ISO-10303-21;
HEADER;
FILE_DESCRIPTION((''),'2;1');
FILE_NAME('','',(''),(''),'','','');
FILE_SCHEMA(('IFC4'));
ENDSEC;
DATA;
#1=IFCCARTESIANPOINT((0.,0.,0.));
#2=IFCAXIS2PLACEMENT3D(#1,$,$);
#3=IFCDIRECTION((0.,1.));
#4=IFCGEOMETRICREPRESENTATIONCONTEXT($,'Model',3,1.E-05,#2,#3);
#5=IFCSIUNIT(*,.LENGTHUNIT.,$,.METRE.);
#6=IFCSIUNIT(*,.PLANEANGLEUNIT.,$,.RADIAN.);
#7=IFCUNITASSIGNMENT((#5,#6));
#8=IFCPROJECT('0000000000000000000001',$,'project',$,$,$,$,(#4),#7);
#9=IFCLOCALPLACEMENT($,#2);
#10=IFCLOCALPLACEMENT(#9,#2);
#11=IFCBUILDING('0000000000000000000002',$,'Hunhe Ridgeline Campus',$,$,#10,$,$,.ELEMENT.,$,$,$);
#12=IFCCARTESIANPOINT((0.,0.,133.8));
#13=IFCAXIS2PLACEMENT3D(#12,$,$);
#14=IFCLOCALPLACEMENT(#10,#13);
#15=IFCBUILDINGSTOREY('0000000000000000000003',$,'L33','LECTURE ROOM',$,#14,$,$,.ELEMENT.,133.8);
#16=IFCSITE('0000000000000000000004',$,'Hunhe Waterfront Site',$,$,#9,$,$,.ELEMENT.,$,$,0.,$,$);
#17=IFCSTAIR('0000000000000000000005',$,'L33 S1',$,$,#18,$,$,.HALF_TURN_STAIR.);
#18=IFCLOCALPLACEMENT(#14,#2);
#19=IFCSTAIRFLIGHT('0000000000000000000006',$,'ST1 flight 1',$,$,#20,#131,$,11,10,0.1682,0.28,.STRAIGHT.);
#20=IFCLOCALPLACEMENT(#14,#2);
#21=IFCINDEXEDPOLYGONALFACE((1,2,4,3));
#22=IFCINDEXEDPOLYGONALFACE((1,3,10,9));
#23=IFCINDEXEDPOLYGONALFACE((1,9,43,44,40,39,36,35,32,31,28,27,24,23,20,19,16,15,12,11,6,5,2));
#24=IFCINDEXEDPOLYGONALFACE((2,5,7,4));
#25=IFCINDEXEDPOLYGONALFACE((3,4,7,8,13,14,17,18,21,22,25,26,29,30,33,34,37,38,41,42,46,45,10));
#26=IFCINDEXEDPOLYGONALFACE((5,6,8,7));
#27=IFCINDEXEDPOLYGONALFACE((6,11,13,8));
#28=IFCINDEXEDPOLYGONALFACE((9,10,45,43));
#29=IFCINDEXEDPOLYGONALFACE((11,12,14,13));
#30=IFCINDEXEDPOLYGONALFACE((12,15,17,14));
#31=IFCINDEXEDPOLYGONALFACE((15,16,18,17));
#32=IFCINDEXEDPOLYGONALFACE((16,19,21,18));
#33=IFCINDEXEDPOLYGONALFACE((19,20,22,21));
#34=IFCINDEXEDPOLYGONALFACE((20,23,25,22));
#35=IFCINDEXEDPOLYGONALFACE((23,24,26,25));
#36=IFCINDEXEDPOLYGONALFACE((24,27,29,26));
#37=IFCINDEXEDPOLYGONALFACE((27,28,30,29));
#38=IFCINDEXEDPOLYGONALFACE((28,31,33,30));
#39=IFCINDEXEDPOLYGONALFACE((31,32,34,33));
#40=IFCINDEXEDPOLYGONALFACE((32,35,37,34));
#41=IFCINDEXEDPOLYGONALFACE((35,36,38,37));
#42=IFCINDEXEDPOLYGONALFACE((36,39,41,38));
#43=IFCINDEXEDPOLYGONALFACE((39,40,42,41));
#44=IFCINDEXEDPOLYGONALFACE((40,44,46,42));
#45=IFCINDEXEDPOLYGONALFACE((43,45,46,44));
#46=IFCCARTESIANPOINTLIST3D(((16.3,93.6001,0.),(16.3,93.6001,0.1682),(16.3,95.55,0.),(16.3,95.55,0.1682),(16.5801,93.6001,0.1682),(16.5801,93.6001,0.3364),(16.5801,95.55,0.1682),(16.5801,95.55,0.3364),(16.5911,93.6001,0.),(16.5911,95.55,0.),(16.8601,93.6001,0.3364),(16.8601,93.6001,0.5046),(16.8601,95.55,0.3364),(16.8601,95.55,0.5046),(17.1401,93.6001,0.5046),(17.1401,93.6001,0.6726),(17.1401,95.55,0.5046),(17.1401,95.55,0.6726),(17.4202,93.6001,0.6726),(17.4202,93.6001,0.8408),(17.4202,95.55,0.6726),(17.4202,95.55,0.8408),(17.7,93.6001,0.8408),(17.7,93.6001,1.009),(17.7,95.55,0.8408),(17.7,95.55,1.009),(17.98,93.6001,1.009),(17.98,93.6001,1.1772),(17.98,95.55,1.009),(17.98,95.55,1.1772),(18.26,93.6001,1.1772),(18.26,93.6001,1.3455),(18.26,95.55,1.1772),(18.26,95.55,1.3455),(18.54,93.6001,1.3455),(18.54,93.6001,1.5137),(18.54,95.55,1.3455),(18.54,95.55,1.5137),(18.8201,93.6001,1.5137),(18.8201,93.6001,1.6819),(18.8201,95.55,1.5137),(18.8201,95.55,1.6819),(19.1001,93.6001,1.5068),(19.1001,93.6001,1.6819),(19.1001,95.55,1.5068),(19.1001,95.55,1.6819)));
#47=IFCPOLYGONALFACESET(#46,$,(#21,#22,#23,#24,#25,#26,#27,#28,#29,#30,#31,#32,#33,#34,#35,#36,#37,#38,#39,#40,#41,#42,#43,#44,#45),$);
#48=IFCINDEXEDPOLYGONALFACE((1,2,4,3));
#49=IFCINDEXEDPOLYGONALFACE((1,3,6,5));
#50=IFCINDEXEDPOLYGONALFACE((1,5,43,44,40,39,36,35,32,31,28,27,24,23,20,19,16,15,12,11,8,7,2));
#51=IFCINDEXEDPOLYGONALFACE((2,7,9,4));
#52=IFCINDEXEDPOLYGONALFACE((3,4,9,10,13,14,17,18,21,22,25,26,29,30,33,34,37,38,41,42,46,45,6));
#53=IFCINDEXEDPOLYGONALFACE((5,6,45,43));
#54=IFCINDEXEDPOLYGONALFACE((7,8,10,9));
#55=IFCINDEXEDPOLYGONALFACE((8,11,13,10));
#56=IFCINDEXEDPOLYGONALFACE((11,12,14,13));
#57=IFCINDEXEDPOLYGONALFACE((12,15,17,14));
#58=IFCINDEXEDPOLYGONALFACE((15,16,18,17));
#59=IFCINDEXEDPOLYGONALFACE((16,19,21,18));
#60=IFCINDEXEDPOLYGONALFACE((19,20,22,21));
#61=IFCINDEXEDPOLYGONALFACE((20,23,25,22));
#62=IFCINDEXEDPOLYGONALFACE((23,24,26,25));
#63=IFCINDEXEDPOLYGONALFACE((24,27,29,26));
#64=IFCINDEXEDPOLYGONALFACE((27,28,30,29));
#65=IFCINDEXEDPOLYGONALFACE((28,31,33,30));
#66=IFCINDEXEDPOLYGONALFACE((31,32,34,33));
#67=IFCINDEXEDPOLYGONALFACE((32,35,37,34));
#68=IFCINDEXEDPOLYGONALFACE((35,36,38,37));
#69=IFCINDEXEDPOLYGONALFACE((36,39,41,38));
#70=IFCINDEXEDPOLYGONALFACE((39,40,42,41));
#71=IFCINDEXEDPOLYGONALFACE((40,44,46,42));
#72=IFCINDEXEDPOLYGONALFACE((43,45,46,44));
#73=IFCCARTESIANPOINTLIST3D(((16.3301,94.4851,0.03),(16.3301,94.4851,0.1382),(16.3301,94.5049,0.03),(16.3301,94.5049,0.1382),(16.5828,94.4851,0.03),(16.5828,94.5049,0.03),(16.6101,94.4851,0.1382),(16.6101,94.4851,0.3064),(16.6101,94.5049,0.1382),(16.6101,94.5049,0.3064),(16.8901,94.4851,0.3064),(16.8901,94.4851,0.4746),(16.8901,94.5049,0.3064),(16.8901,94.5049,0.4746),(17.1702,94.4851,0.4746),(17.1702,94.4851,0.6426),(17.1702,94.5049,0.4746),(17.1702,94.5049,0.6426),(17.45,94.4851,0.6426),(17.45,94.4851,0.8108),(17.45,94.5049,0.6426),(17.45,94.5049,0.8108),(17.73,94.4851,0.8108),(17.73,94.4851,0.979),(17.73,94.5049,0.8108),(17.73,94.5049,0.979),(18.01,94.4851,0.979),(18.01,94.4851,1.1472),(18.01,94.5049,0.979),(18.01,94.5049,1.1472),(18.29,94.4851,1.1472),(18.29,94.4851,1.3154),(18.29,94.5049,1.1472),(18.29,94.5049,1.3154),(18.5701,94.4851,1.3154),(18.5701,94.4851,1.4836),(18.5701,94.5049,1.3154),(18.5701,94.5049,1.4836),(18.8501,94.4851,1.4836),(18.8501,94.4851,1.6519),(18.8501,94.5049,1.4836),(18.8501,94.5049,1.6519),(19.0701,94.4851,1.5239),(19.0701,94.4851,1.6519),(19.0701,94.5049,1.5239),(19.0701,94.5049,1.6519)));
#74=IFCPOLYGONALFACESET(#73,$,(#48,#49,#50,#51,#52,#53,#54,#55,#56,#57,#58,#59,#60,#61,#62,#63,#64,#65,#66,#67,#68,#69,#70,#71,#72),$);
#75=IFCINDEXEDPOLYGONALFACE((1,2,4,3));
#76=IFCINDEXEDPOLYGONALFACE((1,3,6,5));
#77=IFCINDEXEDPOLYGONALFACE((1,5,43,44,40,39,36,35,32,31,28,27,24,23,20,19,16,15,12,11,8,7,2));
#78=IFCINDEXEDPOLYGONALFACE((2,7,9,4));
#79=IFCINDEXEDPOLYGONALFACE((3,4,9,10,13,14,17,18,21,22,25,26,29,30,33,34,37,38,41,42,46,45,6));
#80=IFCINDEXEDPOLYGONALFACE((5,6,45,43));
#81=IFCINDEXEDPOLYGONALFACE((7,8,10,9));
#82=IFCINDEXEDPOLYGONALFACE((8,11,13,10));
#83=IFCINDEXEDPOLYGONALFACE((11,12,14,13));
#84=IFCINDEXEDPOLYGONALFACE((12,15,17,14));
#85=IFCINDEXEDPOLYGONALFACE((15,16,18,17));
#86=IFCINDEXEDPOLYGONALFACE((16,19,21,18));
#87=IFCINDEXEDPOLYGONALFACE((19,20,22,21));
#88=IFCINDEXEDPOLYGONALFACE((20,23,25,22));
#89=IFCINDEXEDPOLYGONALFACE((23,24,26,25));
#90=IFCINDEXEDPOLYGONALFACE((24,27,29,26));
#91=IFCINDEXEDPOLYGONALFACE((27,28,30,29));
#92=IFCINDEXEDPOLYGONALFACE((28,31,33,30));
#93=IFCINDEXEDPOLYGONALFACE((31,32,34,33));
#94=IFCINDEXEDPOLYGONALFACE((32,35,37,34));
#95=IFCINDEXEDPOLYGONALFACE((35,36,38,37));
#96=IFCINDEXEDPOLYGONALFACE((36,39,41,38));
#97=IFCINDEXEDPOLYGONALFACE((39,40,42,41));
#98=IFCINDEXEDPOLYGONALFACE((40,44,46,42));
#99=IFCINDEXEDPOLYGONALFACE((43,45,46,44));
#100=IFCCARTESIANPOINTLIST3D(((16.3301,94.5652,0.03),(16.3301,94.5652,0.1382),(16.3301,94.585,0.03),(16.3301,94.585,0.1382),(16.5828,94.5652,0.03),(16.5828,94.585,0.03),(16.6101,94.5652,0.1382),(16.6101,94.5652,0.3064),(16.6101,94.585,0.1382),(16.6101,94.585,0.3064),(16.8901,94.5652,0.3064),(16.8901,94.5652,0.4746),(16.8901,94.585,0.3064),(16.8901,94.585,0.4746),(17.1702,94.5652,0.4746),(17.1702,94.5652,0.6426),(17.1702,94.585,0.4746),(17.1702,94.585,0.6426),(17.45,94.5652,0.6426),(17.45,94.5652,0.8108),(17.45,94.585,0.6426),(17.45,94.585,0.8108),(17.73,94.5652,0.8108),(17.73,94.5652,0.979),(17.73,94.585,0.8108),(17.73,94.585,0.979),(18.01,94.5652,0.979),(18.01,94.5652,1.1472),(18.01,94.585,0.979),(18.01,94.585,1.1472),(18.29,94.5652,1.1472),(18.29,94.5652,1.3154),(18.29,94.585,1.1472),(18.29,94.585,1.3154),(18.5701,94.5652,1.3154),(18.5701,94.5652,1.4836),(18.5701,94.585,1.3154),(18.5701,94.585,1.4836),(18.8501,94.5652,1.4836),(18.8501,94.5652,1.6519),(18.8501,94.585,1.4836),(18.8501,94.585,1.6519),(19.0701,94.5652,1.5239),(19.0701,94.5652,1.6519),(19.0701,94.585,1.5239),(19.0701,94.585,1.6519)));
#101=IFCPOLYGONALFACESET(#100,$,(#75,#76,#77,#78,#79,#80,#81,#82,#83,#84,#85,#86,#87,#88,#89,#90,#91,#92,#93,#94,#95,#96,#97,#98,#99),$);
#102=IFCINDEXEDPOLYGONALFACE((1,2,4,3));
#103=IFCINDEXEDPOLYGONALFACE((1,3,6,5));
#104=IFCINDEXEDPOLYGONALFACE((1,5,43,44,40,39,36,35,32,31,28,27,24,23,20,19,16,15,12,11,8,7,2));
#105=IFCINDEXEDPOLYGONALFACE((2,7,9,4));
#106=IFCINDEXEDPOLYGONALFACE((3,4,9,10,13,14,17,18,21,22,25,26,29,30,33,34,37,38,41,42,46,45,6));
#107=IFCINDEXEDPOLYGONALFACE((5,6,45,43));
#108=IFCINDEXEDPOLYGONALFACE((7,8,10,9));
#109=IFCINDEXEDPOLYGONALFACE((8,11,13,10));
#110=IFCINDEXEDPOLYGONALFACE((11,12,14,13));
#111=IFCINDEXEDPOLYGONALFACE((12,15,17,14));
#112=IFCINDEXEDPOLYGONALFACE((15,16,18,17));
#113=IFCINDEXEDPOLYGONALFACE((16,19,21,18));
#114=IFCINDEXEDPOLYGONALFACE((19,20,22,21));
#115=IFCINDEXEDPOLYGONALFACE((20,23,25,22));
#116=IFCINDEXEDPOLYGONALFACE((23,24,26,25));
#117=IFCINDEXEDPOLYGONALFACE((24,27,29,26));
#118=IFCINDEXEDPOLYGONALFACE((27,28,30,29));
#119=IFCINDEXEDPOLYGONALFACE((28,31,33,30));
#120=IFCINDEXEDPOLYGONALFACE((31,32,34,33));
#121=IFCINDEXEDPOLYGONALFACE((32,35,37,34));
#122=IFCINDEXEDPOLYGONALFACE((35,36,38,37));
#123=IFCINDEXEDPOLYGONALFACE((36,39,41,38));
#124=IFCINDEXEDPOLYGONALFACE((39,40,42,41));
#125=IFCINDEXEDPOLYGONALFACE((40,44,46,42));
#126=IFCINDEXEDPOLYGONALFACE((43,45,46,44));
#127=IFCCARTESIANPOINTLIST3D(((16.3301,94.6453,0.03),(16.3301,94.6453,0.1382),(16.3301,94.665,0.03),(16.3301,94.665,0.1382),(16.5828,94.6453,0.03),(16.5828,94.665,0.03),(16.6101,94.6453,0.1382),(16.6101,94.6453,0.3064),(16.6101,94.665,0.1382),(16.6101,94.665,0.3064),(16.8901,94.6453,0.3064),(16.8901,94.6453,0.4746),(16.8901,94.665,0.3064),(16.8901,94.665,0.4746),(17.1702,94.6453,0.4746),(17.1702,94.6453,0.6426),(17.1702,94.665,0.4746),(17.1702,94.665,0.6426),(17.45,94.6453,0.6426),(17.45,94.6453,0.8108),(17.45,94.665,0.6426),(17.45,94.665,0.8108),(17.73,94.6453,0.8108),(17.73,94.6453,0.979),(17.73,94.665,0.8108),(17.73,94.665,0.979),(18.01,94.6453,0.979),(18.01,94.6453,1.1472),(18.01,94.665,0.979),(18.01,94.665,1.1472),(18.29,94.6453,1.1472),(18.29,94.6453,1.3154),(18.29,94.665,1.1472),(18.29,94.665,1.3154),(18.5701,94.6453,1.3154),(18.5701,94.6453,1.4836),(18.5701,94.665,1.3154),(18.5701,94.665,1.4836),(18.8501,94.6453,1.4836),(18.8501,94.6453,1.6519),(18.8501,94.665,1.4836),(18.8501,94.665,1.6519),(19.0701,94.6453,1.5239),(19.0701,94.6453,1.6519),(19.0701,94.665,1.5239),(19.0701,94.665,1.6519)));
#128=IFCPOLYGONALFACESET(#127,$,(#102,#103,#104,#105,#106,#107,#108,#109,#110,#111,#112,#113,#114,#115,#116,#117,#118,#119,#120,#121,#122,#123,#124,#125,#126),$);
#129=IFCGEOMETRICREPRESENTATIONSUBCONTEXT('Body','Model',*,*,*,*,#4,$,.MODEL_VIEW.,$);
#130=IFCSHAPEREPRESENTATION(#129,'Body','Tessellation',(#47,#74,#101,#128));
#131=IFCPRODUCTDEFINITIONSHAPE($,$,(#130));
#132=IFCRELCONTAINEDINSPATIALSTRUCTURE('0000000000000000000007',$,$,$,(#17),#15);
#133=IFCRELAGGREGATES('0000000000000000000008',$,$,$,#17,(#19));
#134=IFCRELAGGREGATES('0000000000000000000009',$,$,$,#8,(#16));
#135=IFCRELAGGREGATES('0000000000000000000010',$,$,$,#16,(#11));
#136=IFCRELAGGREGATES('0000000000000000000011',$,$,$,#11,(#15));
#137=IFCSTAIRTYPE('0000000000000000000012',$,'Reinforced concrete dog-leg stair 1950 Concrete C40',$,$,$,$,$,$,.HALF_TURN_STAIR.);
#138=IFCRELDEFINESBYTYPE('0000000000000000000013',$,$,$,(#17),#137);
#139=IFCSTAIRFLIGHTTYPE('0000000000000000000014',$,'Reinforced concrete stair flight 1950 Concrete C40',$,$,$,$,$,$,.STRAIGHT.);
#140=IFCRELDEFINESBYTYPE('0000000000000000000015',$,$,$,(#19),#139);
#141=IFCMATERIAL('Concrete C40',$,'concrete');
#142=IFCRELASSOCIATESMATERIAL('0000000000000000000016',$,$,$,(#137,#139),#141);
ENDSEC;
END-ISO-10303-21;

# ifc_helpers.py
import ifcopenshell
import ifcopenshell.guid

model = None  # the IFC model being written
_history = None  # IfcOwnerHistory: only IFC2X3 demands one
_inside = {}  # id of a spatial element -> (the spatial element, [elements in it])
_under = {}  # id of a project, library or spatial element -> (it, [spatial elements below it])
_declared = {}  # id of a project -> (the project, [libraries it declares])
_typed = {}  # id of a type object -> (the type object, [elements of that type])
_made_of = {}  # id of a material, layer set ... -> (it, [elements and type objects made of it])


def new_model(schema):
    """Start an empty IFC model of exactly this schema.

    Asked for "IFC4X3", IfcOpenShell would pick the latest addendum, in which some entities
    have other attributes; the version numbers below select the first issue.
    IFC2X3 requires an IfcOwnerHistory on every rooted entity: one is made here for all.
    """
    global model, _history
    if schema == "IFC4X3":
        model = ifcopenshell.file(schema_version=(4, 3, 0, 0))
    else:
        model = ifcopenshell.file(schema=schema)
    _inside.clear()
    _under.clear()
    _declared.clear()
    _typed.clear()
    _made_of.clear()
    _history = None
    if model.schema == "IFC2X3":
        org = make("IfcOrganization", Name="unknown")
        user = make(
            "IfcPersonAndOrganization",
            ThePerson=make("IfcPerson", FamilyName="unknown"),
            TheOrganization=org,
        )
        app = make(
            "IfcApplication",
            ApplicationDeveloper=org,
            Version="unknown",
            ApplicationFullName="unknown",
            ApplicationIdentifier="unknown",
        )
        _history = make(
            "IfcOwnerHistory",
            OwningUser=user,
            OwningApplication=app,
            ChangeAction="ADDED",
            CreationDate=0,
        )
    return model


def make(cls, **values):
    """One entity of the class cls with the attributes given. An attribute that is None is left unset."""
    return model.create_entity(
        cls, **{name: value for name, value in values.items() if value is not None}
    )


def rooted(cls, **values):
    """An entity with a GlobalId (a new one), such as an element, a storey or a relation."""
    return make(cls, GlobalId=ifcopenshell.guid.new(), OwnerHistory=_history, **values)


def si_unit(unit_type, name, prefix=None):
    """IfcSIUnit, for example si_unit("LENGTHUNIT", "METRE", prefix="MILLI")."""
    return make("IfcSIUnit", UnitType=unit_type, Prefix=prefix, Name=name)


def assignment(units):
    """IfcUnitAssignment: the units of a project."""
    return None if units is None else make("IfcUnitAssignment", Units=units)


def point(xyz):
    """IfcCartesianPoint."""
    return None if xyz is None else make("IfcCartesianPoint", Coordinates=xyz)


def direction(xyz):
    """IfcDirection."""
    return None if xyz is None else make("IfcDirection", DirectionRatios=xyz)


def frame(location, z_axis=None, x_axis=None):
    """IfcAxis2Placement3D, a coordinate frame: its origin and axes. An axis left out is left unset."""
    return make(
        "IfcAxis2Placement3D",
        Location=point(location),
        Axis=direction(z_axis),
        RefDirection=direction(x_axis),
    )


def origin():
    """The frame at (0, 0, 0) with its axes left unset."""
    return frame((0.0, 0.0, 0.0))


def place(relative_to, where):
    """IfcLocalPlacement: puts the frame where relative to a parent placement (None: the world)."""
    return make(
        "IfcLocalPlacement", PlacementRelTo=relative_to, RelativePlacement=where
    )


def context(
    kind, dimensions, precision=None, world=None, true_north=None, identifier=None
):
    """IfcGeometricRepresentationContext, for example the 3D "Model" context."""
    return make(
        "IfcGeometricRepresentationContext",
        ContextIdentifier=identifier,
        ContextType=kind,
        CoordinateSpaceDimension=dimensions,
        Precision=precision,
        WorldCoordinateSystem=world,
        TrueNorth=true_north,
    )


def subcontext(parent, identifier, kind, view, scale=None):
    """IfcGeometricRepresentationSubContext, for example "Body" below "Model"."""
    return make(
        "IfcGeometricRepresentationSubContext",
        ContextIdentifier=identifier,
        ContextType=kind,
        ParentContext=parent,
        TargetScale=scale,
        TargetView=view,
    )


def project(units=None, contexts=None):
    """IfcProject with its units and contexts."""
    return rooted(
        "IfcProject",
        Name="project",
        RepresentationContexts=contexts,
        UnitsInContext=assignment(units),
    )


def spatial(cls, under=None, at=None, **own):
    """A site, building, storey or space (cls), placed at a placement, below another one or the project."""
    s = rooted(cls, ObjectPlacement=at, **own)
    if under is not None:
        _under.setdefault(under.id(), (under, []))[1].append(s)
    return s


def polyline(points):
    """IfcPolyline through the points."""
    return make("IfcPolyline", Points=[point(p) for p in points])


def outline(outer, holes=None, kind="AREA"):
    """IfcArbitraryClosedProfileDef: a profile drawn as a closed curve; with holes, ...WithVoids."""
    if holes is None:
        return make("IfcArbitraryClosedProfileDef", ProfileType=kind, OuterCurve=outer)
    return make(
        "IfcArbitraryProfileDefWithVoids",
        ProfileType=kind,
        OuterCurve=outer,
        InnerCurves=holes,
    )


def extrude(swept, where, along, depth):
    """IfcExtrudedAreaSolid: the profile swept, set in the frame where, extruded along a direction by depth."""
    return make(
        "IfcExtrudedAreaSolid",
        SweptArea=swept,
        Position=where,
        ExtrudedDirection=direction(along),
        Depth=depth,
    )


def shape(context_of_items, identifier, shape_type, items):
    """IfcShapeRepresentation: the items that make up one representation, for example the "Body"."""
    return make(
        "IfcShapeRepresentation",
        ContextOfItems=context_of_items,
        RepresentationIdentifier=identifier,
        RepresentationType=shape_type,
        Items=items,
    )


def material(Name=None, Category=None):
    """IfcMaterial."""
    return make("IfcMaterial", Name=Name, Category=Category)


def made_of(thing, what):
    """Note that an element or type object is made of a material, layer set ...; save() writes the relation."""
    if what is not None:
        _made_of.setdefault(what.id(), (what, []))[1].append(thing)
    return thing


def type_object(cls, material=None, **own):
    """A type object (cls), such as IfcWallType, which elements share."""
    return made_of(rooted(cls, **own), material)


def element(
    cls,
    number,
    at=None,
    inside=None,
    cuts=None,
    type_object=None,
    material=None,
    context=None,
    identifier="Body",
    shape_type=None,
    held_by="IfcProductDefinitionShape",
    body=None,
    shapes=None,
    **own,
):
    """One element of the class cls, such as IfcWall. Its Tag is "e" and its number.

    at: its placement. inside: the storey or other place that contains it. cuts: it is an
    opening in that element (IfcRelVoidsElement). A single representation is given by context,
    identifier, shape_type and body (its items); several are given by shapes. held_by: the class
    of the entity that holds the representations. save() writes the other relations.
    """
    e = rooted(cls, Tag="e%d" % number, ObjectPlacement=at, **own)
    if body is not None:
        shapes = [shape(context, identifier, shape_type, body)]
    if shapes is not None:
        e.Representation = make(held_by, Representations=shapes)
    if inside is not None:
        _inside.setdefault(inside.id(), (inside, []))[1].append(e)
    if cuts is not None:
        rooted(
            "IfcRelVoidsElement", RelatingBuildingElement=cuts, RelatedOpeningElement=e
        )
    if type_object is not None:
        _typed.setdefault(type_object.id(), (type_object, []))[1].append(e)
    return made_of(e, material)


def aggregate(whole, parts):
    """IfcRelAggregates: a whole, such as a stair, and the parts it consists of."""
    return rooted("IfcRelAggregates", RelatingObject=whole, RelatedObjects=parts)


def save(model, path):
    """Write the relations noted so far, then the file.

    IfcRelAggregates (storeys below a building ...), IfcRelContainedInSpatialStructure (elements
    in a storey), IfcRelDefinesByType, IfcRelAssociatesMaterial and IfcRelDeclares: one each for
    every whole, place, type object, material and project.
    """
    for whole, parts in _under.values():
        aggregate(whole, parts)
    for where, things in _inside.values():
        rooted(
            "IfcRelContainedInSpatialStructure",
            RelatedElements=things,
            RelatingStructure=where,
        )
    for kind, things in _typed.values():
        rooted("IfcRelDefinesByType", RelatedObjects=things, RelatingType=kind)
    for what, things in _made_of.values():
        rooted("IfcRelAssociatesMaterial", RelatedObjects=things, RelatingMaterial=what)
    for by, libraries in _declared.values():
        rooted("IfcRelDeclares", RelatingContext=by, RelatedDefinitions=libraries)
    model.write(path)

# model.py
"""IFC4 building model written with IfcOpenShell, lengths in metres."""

from ifc_helpers import new_model, si_unit, direction, frame, origin, place, context, subcontext, project, spatial, polyline, outline, extrude, material, type_object, element, aggregate, save


model = new_model("IFC4")

# Units and contexts
model_context = context("Model", 3, precision=1e-05, world=origin(), true_north=direction((0.0, 1.0)))
body_context = subcontext(model_context, "Body", "Model", "MODEL_VIEW")
ifc_project = project(units=[si_unit("LENGTHUNIT", "METRE"), si_unit("PLANEANGLEUNIT", "RADIAN")], contexts=[model_context])

# Site, building, storey
site_placement = place(None, origin())
site = spatial("IfcSite", under=ifc_project, at=site_placement, Name="Hunhe Waterfront Site", CompositionType="ELEMENT", RefElevation=0.0)
building_placement = place(site_placement, origin())
building = spatial("IfcBuilding", under=site, at=building_placement, Name="Hunhe Ridgeline Campus", CompositionType="ELEMENT")
storey_placement = place(building_placement, frame((0.0, 0.0, 133.8)))
storey = spatial("IfcBuildingStorey", under=building, at=storey_placement, Name="L33", Description="LECTURE ROOM", CompositionType="ELEMENT", Elevation=133.8)

# Stair, stair flight
ifc_material_1 = material(Name="Concrete C40", Category="concrete")
stair_type = type_object("IfcStairType", Name="Reinforced concrete dog-leg stair 1950 Concrete C40", PredefinedType="HALF_TURN_STAIR", material=ifc_material_1)
stair_1_placement = place(storey_placement, origin())
stair_1 = element("IfcStair", 1, at=stair_1_placement, inside=storey, type_object=stair_type, Name="L33 S1", PredefinedType="HALF_TURN_STAIR")
stair_flight_type = type_object("IfcStairFlightType", Name="Reinforced concrete stair flight 1950 Concrete C40", PredefinedType="STRAIGHT", material=ifc_material_1)
stair_flight_1_placement = place(storey_placement, frame((16.3, 94.575, 0.0), z_axis=(0.0, 0.0, 1.0), x_axis=(1.0, 0.0, 0.0)))
stair_flight_1 = element("IfcStairFlight", 2, at=stair_flight_1_placement, type_object=stair_flight_type, Name="ST1 flight 1", NumberOfRisers=11, NumberOfTreads=10, PredefinedType="STRAIGHT", RiserHeight=0.1682, TreadLength=0.28, context=body_context, shape_type="SweptSolid", body=[
    extrude(outline(polyline([(0.0, 0.0), (0.0, 0.1682), (0.28, 0.1682), (0.28, 0.3364), (0.5601, 0.3364), (0.5601, 0.5046), (0.8401, 0.5046), (0.8401, 0.6726), (1.1201, 0.6726), (1.1201, 0.8408), (1.3999, 0.8408), (1.3999, 1.009), (1.6799, 1.009), (1.6799, 1.1772), (1.96, 1.1772), (1.96, 1.3455), (2.24, 1.3455), (2.24, 1.5137), (2.52, 1.5137), (2.52, 1.6819), (2.8, 1.6819), (2.8, 1.8501), (2.8, 1.5068), (0.291, 0.0), (0.0, 0.0)])), frame((0.0, 0.9751, 0.0), z_axis=(0.0, -1.0, 0.0), x_axis=(1.0, 0.0, 0.0)), (0.0, 0.0, 1.0), 1.95),
    extrude(outline(polyline([(0.03, 0.03), (0.03, 0.1382), (0.3101, 0.1382), (0.3101, 0.3064), (0.5901, 0.3064), (0.5901, 0.4746), (0.8701, 0.4746), (0.8701, 0.6426), (1.1499, 0.6426), (1.1499, 0.8108), (1.4299, 0.8108), (1.4299, 0.979), (1.71, 0.979), (1.71, 1.1472), (1.99, 1.1472), (1.99, 1.3154), (2.27, 1.3154), (2.27, 1.4836), (2.55, 1.4836), (2.55, 1.6519), (2.77, 1.6519), (2.77, 1.5239), (0.2827, 0.03), (0.03, 0.03)])), frame((0.0, -0.0701, 0.0), z_axis=(0.0, -1.0, 0.0), x_axis=(1.0, 0.0, 0.0)), (0.0, 0.0, 1.0), 0.0198),
    extrude(outline(polyline([(0.03, 0.03), (0.03, 0.1382), (0.3101, 0.1382), (0.3101, 0.3064), (0.5901, 0.3064), (0.5901, 0.4746), (0.8701, 0.4746), (0.8701, 0.6426), (1.1499, 0.6426), (1.1499, 0.8108), (1.4299, 0.8108), (1.4299, 0.979), (1.71, 0.979), (1.71, 1.1472), (1.99, 1.1472), (1.99, 1.3154), (2.27, 1.3154), (2.27, 1.4836), (2.55, 1.4836), (2.55, 1.6519), (2.77, 1.6519), (2.77, 1.5239), (0.2827, 0.03), (0.03, 0.03)])), frame((0.0, 0.01, 0.0), z_axis=(0.0, -1.0, 0.0), x_axis=(1.0, 0.0, 0.0)), (0.0, 0.0, 1.0), 0.0198),
    extrude(outline(polyline([(0.03, 0.03), (0.03, 0.1382), (0.3101, 0.1382), (0.3101, 0.3064), (0.5901, 0.3064), (0.5901, 0.4746), (0.8701, 0.4746), (0.8701, 0.6426), (1.1499, 0.6426), (1.1499, 0.8108), (1.4299, 0.8108), (1.4299, 0.979), (1.71, 0.979), (1.71, 1.1472), (1.99, 1.1472), (1.99, 1.3154), (2.27, 1.3154), (2.27, 1.4836), (2.55, 1.4836), (2.55, 1.6519), (2.77, 1.6519), (2.77, 1.5239), (0.2827, 0.03), (0.03, 0.03)])), frame((0.0, 0.0901, 0.0), z_axis=(0.0, -1.0, 0.0), x_axis=(1.0, 0.0, 0.0)), (0.0, 0.0, 1.0), 0.0198),
])
aggregate(stair_1, [stair_flight_1])

save(model, "model.ifc")
